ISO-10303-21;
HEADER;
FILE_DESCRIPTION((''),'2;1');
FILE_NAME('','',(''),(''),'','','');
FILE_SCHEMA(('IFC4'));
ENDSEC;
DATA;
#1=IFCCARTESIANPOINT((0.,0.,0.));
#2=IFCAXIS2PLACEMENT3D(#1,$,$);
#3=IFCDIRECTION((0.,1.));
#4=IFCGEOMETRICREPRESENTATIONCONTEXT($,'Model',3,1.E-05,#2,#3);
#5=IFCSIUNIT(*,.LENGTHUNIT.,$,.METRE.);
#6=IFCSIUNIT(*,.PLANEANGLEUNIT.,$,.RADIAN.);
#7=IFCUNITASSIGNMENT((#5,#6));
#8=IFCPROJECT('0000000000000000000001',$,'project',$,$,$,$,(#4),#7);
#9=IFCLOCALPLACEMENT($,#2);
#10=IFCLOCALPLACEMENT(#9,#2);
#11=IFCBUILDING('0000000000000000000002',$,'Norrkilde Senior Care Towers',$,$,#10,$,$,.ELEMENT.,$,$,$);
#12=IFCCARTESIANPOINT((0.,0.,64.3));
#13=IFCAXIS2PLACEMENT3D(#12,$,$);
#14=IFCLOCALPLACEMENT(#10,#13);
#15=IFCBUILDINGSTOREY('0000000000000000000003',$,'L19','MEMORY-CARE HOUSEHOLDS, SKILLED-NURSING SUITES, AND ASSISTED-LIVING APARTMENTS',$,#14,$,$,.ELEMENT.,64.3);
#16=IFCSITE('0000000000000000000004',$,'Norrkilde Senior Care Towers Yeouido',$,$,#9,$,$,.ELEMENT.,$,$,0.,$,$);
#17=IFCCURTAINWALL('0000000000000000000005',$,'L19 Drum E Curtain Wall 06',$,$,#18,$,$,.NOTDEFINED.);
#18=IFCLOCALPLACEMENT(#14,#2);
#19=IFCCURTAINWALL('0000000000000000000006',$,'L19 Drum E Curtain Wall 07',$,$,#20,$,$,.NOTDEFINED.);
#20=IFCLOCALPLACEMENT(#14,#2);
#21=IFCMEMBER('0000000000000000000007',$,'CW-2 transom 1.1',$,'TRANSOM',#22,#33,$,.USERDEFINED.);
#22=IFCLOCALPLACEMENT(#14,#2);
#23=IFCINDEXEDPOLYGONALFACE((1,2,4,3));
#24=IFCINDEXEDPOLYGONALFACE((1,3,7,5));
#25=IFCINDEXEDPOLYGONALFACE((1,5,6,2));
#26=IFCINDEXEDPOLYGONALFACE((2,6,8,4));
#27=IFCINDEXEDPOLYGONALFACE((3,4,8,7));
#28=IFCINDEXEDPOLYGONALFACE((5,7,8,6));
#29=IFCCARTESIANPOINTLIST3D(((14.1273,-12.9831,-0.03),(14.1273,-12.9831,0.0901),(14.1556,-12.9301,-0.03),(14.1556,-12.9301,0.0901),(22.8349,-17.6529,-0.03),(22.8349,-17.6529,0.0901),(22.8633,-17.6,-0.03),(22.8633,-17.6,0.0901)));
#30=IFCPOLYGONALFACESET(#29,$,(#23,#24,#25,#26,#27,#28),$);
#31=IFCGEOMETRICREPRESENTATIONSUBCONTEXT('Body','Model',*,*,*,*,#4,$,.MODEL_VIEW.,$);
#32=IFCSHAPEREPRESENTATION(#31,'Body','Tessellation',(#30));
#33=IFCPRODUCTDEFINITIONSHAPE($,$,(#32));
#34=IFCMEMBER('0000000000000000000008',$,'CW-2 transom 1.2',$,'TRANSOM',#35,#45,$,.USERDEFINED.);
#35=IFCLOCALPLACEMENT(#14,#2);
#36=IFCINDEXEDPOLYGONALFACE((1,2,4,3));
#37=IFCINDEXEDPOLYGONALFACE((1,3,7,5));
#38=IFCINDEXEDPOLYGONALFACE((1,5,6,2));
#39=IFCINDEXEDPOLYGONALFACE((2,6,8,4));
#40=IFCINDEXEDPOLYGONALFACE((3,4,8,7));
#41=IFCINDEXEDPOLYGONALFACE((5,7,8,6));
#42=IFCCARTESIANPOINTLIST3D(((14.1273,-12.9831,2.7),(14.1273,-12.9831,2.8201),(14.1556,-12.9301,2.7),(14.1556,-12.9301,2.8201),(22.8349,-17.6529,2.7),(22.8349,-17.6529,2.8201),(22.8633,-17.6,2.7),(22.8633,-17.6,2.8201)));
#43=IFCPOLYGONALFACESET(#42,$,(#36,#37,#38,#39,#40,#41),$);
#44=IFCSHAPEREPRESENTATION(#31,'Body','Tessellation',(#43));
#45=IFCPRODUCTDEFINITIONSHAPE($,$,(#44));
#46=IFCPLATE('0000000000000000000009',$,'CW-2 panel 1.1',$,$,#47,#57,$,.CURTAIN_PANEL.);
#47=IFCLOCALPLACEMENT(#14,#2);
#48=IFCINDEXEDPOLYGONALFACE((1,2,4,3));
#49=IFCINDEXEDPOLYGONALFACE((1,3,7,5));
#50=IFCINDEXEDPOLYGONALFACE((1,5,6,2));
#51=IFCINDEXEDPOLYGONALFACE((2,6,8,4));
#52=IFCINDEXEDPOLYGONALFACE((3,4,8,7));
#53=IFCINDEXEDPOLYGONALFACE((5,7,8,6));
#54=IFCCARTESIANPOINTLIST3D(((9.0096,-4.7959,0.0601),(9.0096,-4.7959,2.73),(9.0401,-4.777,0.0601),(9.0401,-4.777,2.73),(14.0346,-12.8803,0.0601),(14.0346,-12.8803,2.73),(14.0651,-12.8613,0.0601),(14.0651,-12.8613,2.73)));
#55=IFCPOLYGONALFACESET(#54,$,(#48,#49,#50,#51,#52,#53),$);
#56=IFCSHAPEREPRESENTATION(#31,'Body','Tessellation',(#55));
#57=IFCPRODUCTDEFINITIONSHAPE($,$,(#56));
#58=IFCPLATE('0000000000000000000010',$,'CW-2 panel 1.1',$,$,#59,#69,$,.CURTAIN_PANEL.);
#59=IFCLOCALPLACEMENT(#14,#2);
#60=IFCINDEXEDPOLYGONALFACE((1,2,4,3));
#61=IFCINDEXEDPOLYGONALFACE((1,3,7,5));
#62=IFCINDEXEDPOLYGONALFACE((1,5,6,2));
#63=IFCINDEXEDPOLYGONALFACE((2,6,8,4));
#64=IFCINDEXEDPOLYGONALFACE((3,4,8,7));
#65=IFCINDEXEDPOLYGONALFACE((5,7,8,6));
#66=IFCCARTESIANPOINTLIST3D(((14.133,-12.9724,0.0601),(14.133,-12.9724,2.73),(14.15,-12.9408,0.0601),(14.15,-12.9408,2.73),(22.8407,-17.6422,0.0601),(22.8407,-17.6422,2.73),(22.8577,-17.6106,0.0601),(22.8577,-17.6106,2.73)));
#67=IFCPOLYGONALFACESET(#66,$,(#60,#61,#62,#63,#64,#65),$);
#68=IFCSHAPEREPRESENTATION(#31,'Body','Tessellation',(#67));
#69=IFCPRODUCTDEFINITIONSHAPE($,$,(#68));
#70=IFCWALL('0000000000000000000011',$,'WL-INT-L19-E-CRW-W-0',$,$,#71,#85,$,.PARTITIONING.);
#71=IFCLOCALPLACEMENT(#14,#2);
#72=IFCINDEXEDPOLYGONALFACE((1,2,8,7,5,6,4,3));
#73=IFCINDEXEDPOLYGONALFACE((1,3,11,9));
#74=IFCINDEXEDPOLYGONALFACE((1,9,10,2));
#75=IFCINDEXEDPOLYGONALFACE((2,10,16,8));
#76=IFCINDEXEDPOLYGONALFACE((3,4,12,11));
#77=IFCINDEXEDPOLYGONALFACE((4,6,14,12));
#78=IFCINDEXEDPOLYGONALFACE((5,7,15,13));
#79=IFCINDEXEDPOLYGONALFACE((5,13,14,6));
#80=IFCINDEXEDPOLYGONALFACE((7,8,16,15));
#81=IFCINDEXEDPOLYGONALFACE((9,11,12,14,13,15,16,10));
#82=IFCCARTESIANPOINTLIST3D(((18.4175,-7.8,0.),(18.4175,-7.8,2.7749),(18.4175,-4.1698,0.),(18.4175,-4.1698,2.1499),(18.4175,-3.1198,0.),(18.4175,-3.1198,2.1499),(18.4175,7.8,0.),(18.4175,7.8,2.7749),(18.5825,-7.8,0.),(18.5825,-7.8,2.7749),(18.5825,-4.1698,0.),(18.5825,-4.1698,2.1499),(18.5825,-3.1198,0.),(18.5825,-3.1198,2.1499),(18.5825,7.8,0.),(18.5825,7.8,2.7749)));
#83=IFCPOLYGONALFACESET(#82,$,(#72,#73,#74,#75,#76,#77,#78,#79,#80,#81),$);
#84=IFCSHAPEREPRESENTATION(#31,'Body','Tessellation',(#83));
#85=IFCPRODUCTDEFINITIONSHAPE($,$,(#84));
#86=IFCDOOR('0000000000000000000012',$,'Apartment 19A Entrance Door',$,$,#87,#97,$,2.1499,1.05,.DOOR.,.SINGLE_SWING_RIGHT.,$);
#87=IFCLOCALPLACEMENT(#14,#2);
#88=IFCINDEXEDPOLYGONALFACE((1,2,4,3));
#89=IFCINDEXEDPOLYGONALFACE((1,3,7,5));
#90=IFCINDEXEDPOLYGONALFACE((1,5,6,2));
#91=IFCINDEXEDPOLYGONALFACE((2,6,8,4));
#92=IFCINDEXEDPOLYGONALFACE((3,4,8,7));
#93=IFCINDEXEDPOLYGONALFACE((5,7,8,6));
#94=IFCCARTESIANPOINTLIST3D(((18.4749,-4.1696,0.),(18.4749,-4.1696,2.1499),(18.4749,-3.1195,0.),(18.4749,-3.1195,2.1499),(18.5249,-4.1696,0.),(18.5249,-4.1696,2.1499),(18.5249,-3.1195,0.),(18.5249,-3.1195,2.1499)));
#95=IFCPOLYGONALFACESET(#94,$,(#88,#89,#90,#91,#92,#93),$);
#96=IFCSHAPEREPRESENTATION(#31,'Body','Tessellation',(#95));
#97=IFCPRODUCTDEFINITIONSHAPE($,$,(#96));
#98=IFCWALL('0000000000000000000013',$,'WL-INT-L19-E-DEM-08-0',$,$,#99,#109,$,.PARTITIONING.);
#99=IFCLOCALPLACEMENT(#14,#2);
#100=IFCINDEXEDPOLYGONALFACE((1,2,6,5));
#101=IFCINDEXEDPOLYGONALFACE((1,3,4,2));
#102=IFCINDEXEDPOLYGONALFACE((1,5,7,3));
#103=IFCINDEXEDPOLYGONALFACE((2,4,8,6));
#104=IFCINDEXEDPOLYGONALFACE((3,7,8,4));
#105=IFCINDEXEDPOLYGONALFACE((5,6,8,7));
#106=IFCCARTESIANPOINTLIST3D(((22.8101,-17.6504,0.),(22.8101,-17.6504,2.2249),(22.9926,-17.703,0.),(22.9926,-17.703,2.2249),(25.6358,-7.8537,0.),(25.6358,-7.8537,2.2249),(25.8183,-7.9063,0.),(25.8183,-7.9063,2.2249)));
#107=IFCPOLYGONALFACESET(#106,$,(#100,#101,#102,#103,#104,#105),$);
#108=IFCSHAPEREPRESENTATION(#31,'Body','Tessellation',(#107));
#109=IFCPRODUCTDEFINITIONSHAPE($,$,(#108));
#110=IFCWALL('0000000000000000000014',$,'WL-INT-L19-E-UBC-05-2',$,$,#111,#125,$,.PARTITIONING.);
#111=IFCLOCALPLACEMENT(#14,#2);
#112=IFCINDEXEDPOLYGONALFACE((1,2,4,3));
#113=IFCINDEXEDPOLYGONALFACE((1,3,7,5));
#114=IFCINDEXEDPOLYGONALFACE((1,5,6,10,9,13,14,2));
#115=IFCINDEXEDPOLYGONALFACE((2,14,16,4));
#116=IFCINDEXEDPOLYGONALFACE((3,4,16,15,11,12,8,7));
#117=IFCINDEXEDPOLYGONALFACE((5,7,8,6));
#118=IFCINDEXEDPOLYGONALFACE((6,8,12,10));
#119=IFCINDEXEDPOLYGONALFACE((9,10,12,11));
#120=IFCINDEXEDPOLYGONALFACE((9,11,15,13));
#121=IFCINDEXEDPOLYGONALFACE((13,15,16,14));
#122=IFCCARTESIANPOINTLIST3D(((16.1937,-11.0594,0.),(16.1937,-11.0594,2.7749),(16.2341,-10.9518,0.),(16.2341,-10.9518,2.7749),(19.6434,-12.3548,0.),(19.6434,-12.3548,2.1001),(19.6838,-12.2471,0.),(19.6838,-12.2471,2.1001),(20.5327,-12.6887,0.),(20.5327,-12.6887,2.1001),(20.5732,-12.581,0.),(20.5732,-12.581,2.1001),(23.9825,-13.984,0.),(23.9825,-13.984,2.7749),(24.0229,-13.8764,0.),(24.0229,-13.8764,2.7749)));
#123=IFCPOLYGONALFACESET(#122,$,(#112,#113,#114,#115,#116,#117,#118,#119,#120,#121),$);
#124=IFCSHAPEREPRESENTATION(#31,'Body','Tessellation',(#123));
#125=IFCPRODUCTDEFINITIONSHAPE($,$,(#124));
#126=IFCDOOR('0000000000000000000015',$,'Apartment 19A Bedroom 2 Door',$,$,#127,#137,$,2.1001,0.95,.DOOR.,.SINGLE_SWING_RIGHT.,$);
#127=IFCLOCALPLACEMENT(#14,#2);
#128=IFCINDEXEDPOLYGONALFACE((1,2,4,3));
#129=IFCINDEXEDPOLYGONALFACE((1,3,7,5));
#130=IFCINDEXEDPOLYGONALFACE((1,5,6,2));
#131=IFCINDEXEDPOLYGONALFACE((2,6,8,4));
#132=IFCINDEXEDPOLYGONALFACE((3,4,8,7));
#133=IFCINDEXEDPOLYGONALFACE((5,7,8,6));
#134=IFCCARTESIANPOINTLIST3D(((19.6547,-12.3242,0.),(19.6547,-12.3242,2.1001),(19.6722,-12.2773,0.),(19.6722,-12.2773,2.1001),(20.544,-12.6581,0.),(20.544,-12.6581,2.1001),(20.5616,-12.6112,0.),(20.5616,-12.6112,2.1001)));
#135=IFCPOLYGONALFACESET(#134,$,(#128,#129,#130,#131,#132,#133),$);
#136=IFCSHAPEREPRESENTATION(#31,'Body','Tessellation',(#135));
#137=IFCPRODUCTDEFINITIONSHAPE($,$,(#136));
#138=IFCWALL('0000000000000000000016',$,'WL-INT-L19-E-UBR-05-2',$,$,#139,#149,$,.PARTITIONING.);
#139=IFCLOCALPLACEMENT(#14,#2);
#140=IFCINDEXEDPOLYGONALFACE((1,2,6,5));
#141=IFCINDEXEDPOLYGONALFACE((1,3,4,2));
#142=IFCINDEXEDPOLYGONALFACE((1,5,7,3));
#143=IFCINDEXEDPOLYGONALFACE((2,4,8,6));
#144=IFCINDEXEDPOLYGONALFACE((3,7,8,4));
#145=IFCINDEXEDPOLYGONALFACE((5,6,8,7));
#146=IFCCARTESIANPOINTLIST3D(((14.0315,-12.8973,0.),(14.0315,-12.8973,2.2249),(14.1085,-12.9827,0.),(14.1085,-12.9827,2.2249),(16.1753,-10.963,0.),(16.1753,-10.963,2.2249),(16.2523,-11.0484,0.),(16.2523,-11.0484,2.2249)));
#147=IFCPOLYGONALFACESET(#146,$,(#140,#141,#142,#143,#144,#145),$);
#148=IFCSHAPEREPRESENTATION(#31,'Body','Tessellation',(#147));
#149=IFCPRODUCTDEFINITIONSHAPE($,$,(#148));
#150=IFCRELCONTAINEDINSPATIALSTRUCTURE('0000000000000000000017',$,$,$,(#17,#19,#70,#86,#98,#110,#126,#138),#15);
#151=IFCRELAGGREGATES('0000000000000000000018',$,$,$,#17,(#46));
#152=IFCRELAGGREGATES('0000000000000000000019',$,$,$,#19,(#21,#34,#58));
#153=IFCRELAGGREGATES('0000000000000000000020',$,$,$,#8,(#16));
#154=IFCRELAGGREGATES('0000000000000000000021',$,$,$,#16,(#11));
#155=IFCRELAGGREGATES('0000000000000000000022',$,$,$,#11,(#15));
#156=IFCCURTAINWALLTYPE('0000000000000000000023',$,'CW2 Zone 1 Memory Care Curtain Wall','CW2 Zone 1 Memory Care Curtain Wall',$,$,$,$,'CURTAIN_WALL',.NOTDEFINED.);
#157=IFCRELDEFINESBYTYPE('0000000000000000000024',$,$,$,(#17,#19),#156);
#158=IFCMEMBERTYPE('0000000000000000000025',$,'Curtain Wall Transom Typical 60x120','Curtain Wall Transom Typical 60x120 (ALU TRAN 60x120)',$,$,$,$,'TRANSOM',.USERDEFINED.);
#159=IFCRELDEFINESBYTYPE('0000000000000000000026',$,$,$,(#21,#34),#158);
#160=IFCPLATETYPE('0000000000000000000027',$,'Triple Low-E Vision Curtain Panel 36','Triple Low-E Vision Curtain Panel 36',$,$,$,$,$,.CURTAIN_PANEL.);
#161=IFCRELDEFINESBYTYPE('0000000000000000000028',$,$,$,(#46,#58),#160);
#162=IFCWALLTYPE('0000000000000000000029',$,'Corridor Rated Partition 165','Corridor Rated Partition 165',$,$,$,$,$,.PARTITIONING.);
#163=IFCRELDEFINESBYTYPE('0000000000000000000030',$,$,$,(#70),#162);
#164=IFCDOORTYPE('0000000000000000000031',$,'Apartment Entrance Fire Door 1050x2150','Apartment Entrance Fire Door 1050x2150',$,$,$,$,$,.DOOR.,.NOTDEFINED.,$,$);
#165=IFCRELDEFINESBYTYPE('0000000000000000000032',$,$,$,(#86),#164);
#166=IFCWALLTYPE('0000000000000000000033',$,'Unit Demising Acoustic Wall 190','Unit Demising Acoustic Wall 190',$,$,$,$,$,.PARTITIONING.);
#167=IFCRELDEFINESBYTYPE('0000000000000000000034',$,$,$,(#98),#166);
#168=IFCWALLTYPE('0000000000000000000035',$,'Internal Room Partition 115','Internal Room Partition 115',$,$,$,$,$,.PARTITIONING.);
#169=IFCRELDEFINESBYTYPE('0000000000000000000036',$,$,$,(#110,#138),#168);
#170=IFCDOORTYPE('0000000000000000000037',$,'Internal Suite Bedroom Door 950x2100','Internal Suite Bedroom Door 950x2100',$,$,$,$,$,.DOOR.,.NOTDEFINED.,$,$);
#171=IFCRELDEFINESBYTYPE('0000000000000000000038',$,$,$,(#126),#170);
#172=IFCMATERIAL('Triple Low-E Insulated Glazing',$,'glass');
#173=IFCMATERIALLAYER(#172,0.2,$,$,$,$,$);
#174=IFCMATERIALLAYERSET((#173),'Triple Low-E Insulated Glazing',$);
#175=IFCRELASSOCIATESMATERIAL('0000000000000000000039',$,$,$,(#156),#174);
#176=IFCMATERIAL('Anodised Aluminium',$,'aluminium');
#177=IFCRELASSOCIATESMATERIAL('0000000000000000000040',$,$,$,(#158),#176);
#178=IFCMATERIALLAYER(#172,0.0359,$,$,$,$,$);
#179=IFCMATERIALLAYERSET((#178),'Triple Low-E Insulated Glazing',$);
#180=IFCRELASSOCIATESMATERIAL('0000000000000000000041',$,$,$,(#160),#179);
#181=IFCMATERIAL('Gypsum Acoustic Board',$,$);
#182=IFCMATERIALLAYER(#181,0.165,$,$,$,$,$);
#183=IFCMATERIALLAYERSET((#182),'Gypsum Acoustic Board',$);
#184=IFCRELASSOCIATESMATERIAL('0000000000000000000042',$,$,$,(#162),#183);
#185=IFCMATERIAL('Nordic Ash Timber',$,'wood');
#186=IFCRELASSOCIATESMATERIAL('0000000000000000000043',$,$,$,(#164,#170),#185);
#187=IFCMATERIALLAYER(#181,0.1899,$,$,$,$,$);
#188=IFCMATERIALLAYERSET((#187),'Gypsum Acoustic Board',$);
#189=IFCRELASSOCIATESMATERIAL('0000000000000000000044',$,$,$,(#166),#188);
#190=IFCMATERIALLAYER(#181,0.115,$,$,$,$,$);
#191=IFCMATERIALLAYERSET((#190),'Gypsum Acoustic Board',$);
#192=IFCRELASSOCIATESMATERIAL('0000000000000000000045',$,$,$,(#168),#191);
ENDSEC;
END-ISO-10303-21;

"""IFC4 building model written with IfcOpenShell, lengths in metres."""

from ifc_helpers import new_model, si_unit, direction, frame, frame_2d, origin, origin_2d, place, context, subcontext, project, spatial, rectangle, extrude, source, transform, mapped, material, layer, layer_set, material_profile, profile_set, type_object, type_shapes, element, fill, aggregate, save


model = new_model("IFC4")

# Units and contexts
model_context = context("Model", 3, precision=1e-05, world=origin(), true_north=direction((0.0, 1.0)))
body_context = subcontext(model_context, "Body", "Model", "MODEL_VIEW")
ifc_project = project(units=[si_unit("LENGTHUNIT", "METRE"), si_unit("PLANEANGLEUNIT", "RADIAN")], contexts=[model_context])

# Site, building, storey
site_placement = place(None, origin())
site = spatial("IfcSite", under=ifc_project, at=site_placement, Name="Norrkilde Senior Care Towers Yeouido", CompositionType="ELEMENT", RefElevation=0.0)
building_placement = place(site_placement, origin())
building = spatial("IfcBuilding", under=site, at=building_placement, Name="Norrkilde Senior Care Towers", CompositionType="ELEMENT")
storey_placement = place(building_placement, frame((0.0, 0.0, 64.3)))
storey = spatial("IfcBuildingStorey", under=building, at=storey_placement, Name="L19", Description="MEMORY-CARE HOUSEHOLDS, SKILLED-NURSING SUITES, AND ASSISTED-LIVING APARTMENTS", CompositionType="ELEMENT", Elevation=64.3)

# Curtain wall
ifc_material_1 = material(Name="Triple Low-E Insulated Glazing", Category="glass")
ifc_layer_1 = layer(ifc_material_1, 0.2)
ifc_layer_set_1 = layer_set([ifc_layer_1], Name="Triple Low-E Insulated Glazing")
curtain_wall_type = type_object("IfcCurtainWallType", Name="CW2 Zone 1 Memory Care Curtain Wall", Description="CW2 Zone 1 Memory Care Curtain Wall", ElementType="CURTAIN_WALL", PredefinedType="NOTDEFINED", material=ifc_layer_set_1)
curtain_wall_1_placement = place(storey_placement, origin())
curtain_wall_1 = element("IfcCurtainWall", 1, at=curtain_wall_1_placement, inside=storey, type_object=curtain_wall_type, Name="L19 Drum E Curtain Wall 06", PredefinedType="NOTDEFINED")
ifc_material_2 = material(Name="Anodised Aluminium", Category="aluminium")

# Curtain wall
curtain_wall_2_placement = place(storey_placement, origin())
curtain_wall_2 = element("IfcCurtainWall", 2, at=curtain_wall_2_placement, inside=storey, type_object=curtain_wall_type, Name="L19 Drum E Curtain Wall 07", PredefinedType="NOTDEFINED")

# Members
ifc_material_profile_1 = material_profile(ifc_material_2, rectangle(XDim=0.0601, YDim=0.1201, at=origin_2d()), Name="ALU TRAN 60x120")
ifc_profile_set_1 = profile_set([ifc_material_profile_1], Name="Anodised Aluminium")
member_type_1 = type_object("IfcMemberType", Name="Curtain Wall Transom Typical 60x120", Description="Curtain Wall Transom Typical 60x120 (ALU TRAN 60x120)", ElementType="TRANSOM", PredefinedType="USERDEFINED", material=ifc_profile_set_1)
shared_shape_1 = source(origin(), body_context, "Body", "SweptSolid", [
    extrude(rectangle(XDim=0.0601, YDim=0.1201, at=origin_2d()), origin(), (0.0, 0.0, 1.0), 9.8809),
])
member_1_placement = place(storey_placement, frame((22.8491, -17.6265, 0.03), z_axis=(-0.881267, 0.472618, 0.0), x_axis=(-0.472618, -0.881267, 0.0)))
member_1 = element("IfcMember", 3, at=member_1_placement, type_object=member_type_1, Name="CW-2 transom 1.1", ObjectType="TRANSOM", PredefinedType="USERDEFINED", context=body_context, shape_type="MappedRepresentation", body=[
    mapped(shared_shape_1, transform((0.0, 0.0, 0.0), x_axis=(1.0, 0.0, 0.0), y_axis=(0.0, 1.0, 0.0), z_axis=(0.0, 0.0, 1.0), scale=1.0)),
])
member_2_placement = place(storey_placement, frame((22.8491, -17.6265, 2.76), z_axis=(-0.881267, 0.472618, 0.0), x_axis=(-0.472618, -0.881267, 0.0)))
member_2 = element("IfcMember", 4, at=member_2_placement, type_object=member_type_1, Name="CW-2 transom 1.2", ObjectType="TRANSOM", PredefinedType="USERDEFINED", context=body_context, shape_type="MappedRepresentation", body=[
    mapped(shared_shape_1, transform((0.0, 0.0, 0.0), x_axis=(1.0, 0.0, 0.0), y_axis=(0.0, 1.0, 0.0), z_axis=(0.0, 0.0, 1.0), scale=1.0)),
])

# Plates
ifc_layer_2 = layer(ifc_material_1, 0.0359)
ifc_layer_set_2 = layer_set([ifc_layer_2], Name="Triple Low-E Insulated Glazing")
plate_type = type_object("IfcPlateType", Name="Triple Low-E Vision Curtain Panel 36", Description="Triple Low-E Vision Curtain Panel 36", PredefinedType="CURTAIN_PANEL", material=ifc_layer_set_2)
shared_shape_2 = source(origin(), body_context, "Body", "SweptSolid", [
    extrude(rectangle(XDim=9.5188, YDim=0.0359, at=origin_2d()), origin(), (0.0, 0.0, 1.0), 2.6699),
])
plate_1_placement = place(storey_placement, frame((11.5374, -8.8286, 0.0601), z_axis=(0.0, 0.0, 1.0), x_axis=(-0.527901, 0.849306, 0.0)))
plate_1 = element("IfcPlate", 5, at=plate_1_placement, type_object=plate_type, Name="CW-2 panel 1.1", PredefinedType="CURTAIN_PANEL", context=body_context, shape_type="MappedRepresentation", body=[
    mapped(shared_shape_2, transform((0.0, 0.0, 0.0), x_axis=(1.0, 0.0, 0.0), y_axis=(0.0, 1.0, 0.0), z_axis=(0.0, 0.0, 1.0), scale=1.0)),
])
aggregate(curtain_wall_1, [plate_1])
shared_shape_3 = source(origin(), body_context, "Body", "SweptSolid", [
    extrude(rectangle(XDim=9.8809, YDim=0.0359, at=origin_2d()), origin(), (0.0, 0.0, 1.0), 2.6699),
])
type_shapes(plate_type, [shared_shape_2, shared_shape_3])
plate_2_placement = place(storey_placement, frame((18.4954, -15.2915, 0.0601), z_axis=(0.0, 0.0, 1.0), x_axis=(-0.881273, 0.472608, 0.0)))
plate_2 = element("IfcPlate", 6, at=plate_2_placement, type_object=plate_type, Name="CW-2 panel 1.1", PredefinedType="CURTAIN_PANEL", context=body_context, shape_type="MappedRepresentation", body=[
    mapped(shared_shape_3, transform((0.0, 0.0, 0.0), x_axis=(1.0, 0.0, 0.0), y_axis=(0.0, 1.0, 0.0), z_axis=(0.0, 0.0, 1.0), scale=1.0)),
])
aggregate(curtain_wall_2, [member_1, member_2, plate_2])

# Wall, opening, door
ifc_material_3 = material(Name="Gypsum Acoustic Board")
ifc_layer_3 = layer(ifc_material_3, 0.165)
ifc_layer_set_3 = layer_set([ifc_layer_3], Name="Gypsum Acoustic Board")
wall_type_1 = type_object("IfcWallType", Name="Corridor Rated Partition 165", Description="Corridor Rated Partition 165", PredefinedType="PARTITIONING", material=ifc_layer_set_3)
shared_shape_4 = source(origin(), body_context, "Body", "SweptSolid", [
    extrude(rectangle(XDim=15.6001, YDim=0.165, at=frame_2d((7.8, 0.0))), origin(), (0.0, 0.0, 1.0), 2.7749),
])
type_shapes(wall_type_1, [shared_shape_4])
wall_1_placement = place(storey_placement, frame((18.5, -7.8, 0.0), z_axis=(0.0, 0.0, 1.0), x_axis=(0.0, 1.0, 0.0)))
wall_1 = element("IfcWall", 7, at=wall_1_placement, inside=storey, type_object=wall_type_1, Name="WL-INT-L19-E-CRW-W-0", PredefinedType="PARTITIONING", context=body_context, shape_type="MappedRepresentation", body=[
    mapped(shared_shape_4, transform((0.0, 0.0, 0.0), x_axis=(1.0, 0.0, 0.0), y_axis=(0.0, 1.0, 0.0), z_axis=(0.0, 0.0, 1.0), scale=1.0)),
])
opening_1_placement = place(wall_1_placement, frame((3.6304, 0.0, 0.0)))
opening_1 = element("IfcOpeningElement", 8, at=opening_1_placement, cuts=wall_1, PredefinedType="OPENING", context=body_context, shape_type="SweptSolid", body=[
    extrude(rectangle(XDim=1.05, YDim=2.1499, at=frame_2d((0.5249, 1.075))), frame((0.0, 0.0925, 0.0), z_axis=(0.0, -1.0, 0.0), x_axis=(1.0, 0.0, 0.0)), (0.0, 0.0, 1.0), 0.1851),
])
ifc_material_4 = material(Name="Nordic Ash Timber", Category="wood")
door_type_1 = type_object("IfcDoorType", Name="Apartment Entrance Fire Door 1050x2150", Description="Apartment Entrance Fire Door 1050x2150", OperationType="NOTDEFINED", PredefinedType="DOOR", material=ifc_material_4)
shared_shape_5 = source(origin(), body_context, "Body", "SweptSolid", [
    extrude(rectangle(XDim=1.05, YDim=2.1499, at=frame_2d((0.5249, 1.075))), frame((0.0, 0.0249, 0.0), z_axis=(0.0, -1.0, 0.0), x_axis=(1.0, 0.0, 0.0)), (0.0, 0.0, 1.0), 0.05),
])
type_shapes(door_type_1, [shared_shape_5])
door_1_placement = place(opening_1_placement, frame((1.05, 0.0, 0.0), z_axis=(0.0, 0.0, 1.0), x_axis=(-1.0, 0.0, 0.0)))
door_1 = element("IfcDoor", 9, at=door_1_placement, inside=storey, type_object=door_type_1, Name="Apartment 19A Entrance Door", OperationType="SINGLE_SWING_RIGHT", OverallHeight=2.1499, OverallWidth=1.05, PredefinedType="DOOR", context=body_context, shape_type="MappedRepresentation", body=[
    mapped(shared_shape_5, transform((0.0, 0.0, 0.0), x_axis=(1.0, 0.0, 0.0), y_axis=(0.0, 1.0, 0.0), z_axis=(0.0, 0.0, 1.0), scale=1.0)),
])
fill(opening_1, door_1)

# Wall
ifc_layer_4 = layer(ifc_material_3, 0.1899)
ifc_layer_set_4 = layer_set([ifc_layer_4], Name="Gypsum Acoustic Board")
wall_type_2 = type_object("IfcWallType", Name="Unit Demising Acoustic Wall 190", Description="Unit Demising Acoustic Wall 190", PredefinedType="PARTITIONING", material=ifc_layer_set_4)
shared_shape_6 = source(origin(), body_context, "Body", "SweptSolid", [
    extrude(rectangle(XDim=10.196, YDim=0.1899, at=frame_2d((5.0981, 0.0))), origin(), (0.0, 0.0, 1.0), 2.2249),
])
type_shapes(wall_type_2, [shared_shape_6])
wall_2_placement = place(storey_placement, frame((25.7271, -7.8799, 0.0), z_axis=(0.0, 0.0, 1.0), x_axis=(-0.277136, -0.960831, 0.0)))
element("IfcWall", 10, at=wall_2_placement, inside=storey, type_object=wall_type_2, Name="WL-INT-L19-E-DEM-08-0", PredefinedType="PARTITIONING", context=body_context, shape_type="MappedRepresentation", body=[
    mapped(shared_shape_6, transform((0.0, 0.0, 0.0), x_axis=(1.0, 0.0, 0.0), y_axis=(0.0, 1.0, 0.0), z_axis=(0.0, 0.0, 1.0), scale=1.0)),
])

# Wall, opening, door
ifc_layer_5 = layer(ifc_material_3, 0.115)
ifc_layer_set_5 = layer_set([ifc_layer_5], Name="Gypsum Acoustic Board")
wall_type_3 = type_object("IfcWallType", Name="Internal Room Partition 115", Description="Internal Room Partition 115", PredefinedType="PARTITIONING", material=ifc_layer_set_5)
shared_shape_7 = source(origin(), body_context, "Body", "SweptSolid", [
    extrude(rectangle(XDim=8.3198, YDim=0.115, at=frame_2d((4.1599, 0.0))), origin(), (0.0, 0.0, 1.0), 2.7749),
])
wall_3_placement = place(storey_placement, frame((16.2139, -11.0056, 0.0), z_axis=(0.0, 0.0, 1.0), x_axis=(0.936181, -0.351519, 0.0)))
wall_3 = element("IfcWall", 11, at=wall_3_placement, inside=storey, type_object=wall_type_3, Name="WL-INT-L19-E-UBC-05-2", PredefinedType="PARTITIONING", context=body_context, shape_type="MappedRepresentation", body=[
    mapped(shared_shape_7, transform((0.0, 0.0, 0.0), x_axis=(1.0, 0.0, 0.0), y_axis=(0.0, 1.0, 0.0), z_axis=(0.0, 0.0, 1.0), scale=1.0)),
])
opening_2_placement = place(wall_3_placement, frame((3.6848, 0.0, 0.0)))
opening_2 = element("IfcOpeningElement", 12, at=opening_2_placement, cuts=wall_3, PredefinedType="OPENING", context=body_context, shape_type="SweptSolid", body=[
    extrude(rectangle(XDim=0.95, YDim=2.1001, at=frame_2d((0.4751, 1.05))), frame((0.0, 0.0674, 0.0), z_axis=(0.0, -1.0, 0.0), x_axis=(1.0, 0.0, 0.0)), (0.0, 0.0, 1.0), 0.135),
])
door_type_2 = type_object("IfcDoorType", Name="Internal Suite Bedroom Door 950x2100", Description="Internal Suite Bedroom Door 950x2100", OperationType="NOTDEFINED", PredefinedType="DOOR", material=ifc_material_4)
shared_shape_8 = source(origin(), body_context, "Body", "SweptSolid", [
    extrude(rectangle(XDim=0.95, YDim=2.1001, at=frame_2d((0.4751, 1.05))), frame((0.0, 0.0249, 0.0), z_axis=(0.0, -1.0, 0.0), x_axis=(1.0, 0.0, 0.0)), (0.0, 0.0, 1.0), 0.05),
])
type_shapes(door_type_2, [shared_shape_8])
door_2_placement = place(opening_2_placement, frame((0.95, 0.0, 0.0), z_axis=(0.0, 0.0, 1.0), x_axis=(-1.0, 0.0, 0.0)))
door_2 = element("IfcDoor", 13, at=door_2_placement, inside=storey, type_object=door_type_2, Name="Apartment 19A Bedroom 2 Door", OperationType="SINGLE_SWING_RIGHT", OverallHeight=2.1001, OverallWidth=0.95, PredefinedType="DOOR", context=body_context, shape_type="MappedRepresentation", body=[
    mapped(shared_shape_8, transform((0.0, 0.0, 0.0), x_axis=(1.0, 0.0, 0.0), y_axis=(0.0, 1.0, 0.0), z_axis=(0.0, 0.0, 1.0), scale=1.0)),
])
fill(opening_2, door_2)

# Wall
shared_shape_9 = source(origin(), body_context, "Body", "SweptSolid", [
    extrude(rectangle(XDim=2.8875, YDim=0.115, at=frame_2d((1.4438, 0.0))), origin(), (0.0, 0.0, 1.0), 2.2249),
])
type_shapes(wall_type_3, [shared_shape_7, shared_shape_9])
wall_4_placement = place(storey_placement, frame((16.2139, -11.0056, 0.0), z_axis=(0.0, 0.0, 1.0), x_axis=(-0.742449, -0.669903, 0.0)))
element("IfcWall", 14, at=wall_4_placement, inside=storey, type_object=wall_type_3, Name="WL-INT-L19-E-UBR-05-2", PredefinedType="PARTITIONING", context=body_context, shape_type="MappedRepresentation", body=[
    mapped(shared_shape_9, transform((0.0, 0.0, 0.0), x_axis=(1.0, 0.0, 0.0), y_axis=(0.0, 1.0, 0.0), z_axis=(0.0, 0.0, 1.0), scale=1.0)),
])

save(model, "model.ifc")
